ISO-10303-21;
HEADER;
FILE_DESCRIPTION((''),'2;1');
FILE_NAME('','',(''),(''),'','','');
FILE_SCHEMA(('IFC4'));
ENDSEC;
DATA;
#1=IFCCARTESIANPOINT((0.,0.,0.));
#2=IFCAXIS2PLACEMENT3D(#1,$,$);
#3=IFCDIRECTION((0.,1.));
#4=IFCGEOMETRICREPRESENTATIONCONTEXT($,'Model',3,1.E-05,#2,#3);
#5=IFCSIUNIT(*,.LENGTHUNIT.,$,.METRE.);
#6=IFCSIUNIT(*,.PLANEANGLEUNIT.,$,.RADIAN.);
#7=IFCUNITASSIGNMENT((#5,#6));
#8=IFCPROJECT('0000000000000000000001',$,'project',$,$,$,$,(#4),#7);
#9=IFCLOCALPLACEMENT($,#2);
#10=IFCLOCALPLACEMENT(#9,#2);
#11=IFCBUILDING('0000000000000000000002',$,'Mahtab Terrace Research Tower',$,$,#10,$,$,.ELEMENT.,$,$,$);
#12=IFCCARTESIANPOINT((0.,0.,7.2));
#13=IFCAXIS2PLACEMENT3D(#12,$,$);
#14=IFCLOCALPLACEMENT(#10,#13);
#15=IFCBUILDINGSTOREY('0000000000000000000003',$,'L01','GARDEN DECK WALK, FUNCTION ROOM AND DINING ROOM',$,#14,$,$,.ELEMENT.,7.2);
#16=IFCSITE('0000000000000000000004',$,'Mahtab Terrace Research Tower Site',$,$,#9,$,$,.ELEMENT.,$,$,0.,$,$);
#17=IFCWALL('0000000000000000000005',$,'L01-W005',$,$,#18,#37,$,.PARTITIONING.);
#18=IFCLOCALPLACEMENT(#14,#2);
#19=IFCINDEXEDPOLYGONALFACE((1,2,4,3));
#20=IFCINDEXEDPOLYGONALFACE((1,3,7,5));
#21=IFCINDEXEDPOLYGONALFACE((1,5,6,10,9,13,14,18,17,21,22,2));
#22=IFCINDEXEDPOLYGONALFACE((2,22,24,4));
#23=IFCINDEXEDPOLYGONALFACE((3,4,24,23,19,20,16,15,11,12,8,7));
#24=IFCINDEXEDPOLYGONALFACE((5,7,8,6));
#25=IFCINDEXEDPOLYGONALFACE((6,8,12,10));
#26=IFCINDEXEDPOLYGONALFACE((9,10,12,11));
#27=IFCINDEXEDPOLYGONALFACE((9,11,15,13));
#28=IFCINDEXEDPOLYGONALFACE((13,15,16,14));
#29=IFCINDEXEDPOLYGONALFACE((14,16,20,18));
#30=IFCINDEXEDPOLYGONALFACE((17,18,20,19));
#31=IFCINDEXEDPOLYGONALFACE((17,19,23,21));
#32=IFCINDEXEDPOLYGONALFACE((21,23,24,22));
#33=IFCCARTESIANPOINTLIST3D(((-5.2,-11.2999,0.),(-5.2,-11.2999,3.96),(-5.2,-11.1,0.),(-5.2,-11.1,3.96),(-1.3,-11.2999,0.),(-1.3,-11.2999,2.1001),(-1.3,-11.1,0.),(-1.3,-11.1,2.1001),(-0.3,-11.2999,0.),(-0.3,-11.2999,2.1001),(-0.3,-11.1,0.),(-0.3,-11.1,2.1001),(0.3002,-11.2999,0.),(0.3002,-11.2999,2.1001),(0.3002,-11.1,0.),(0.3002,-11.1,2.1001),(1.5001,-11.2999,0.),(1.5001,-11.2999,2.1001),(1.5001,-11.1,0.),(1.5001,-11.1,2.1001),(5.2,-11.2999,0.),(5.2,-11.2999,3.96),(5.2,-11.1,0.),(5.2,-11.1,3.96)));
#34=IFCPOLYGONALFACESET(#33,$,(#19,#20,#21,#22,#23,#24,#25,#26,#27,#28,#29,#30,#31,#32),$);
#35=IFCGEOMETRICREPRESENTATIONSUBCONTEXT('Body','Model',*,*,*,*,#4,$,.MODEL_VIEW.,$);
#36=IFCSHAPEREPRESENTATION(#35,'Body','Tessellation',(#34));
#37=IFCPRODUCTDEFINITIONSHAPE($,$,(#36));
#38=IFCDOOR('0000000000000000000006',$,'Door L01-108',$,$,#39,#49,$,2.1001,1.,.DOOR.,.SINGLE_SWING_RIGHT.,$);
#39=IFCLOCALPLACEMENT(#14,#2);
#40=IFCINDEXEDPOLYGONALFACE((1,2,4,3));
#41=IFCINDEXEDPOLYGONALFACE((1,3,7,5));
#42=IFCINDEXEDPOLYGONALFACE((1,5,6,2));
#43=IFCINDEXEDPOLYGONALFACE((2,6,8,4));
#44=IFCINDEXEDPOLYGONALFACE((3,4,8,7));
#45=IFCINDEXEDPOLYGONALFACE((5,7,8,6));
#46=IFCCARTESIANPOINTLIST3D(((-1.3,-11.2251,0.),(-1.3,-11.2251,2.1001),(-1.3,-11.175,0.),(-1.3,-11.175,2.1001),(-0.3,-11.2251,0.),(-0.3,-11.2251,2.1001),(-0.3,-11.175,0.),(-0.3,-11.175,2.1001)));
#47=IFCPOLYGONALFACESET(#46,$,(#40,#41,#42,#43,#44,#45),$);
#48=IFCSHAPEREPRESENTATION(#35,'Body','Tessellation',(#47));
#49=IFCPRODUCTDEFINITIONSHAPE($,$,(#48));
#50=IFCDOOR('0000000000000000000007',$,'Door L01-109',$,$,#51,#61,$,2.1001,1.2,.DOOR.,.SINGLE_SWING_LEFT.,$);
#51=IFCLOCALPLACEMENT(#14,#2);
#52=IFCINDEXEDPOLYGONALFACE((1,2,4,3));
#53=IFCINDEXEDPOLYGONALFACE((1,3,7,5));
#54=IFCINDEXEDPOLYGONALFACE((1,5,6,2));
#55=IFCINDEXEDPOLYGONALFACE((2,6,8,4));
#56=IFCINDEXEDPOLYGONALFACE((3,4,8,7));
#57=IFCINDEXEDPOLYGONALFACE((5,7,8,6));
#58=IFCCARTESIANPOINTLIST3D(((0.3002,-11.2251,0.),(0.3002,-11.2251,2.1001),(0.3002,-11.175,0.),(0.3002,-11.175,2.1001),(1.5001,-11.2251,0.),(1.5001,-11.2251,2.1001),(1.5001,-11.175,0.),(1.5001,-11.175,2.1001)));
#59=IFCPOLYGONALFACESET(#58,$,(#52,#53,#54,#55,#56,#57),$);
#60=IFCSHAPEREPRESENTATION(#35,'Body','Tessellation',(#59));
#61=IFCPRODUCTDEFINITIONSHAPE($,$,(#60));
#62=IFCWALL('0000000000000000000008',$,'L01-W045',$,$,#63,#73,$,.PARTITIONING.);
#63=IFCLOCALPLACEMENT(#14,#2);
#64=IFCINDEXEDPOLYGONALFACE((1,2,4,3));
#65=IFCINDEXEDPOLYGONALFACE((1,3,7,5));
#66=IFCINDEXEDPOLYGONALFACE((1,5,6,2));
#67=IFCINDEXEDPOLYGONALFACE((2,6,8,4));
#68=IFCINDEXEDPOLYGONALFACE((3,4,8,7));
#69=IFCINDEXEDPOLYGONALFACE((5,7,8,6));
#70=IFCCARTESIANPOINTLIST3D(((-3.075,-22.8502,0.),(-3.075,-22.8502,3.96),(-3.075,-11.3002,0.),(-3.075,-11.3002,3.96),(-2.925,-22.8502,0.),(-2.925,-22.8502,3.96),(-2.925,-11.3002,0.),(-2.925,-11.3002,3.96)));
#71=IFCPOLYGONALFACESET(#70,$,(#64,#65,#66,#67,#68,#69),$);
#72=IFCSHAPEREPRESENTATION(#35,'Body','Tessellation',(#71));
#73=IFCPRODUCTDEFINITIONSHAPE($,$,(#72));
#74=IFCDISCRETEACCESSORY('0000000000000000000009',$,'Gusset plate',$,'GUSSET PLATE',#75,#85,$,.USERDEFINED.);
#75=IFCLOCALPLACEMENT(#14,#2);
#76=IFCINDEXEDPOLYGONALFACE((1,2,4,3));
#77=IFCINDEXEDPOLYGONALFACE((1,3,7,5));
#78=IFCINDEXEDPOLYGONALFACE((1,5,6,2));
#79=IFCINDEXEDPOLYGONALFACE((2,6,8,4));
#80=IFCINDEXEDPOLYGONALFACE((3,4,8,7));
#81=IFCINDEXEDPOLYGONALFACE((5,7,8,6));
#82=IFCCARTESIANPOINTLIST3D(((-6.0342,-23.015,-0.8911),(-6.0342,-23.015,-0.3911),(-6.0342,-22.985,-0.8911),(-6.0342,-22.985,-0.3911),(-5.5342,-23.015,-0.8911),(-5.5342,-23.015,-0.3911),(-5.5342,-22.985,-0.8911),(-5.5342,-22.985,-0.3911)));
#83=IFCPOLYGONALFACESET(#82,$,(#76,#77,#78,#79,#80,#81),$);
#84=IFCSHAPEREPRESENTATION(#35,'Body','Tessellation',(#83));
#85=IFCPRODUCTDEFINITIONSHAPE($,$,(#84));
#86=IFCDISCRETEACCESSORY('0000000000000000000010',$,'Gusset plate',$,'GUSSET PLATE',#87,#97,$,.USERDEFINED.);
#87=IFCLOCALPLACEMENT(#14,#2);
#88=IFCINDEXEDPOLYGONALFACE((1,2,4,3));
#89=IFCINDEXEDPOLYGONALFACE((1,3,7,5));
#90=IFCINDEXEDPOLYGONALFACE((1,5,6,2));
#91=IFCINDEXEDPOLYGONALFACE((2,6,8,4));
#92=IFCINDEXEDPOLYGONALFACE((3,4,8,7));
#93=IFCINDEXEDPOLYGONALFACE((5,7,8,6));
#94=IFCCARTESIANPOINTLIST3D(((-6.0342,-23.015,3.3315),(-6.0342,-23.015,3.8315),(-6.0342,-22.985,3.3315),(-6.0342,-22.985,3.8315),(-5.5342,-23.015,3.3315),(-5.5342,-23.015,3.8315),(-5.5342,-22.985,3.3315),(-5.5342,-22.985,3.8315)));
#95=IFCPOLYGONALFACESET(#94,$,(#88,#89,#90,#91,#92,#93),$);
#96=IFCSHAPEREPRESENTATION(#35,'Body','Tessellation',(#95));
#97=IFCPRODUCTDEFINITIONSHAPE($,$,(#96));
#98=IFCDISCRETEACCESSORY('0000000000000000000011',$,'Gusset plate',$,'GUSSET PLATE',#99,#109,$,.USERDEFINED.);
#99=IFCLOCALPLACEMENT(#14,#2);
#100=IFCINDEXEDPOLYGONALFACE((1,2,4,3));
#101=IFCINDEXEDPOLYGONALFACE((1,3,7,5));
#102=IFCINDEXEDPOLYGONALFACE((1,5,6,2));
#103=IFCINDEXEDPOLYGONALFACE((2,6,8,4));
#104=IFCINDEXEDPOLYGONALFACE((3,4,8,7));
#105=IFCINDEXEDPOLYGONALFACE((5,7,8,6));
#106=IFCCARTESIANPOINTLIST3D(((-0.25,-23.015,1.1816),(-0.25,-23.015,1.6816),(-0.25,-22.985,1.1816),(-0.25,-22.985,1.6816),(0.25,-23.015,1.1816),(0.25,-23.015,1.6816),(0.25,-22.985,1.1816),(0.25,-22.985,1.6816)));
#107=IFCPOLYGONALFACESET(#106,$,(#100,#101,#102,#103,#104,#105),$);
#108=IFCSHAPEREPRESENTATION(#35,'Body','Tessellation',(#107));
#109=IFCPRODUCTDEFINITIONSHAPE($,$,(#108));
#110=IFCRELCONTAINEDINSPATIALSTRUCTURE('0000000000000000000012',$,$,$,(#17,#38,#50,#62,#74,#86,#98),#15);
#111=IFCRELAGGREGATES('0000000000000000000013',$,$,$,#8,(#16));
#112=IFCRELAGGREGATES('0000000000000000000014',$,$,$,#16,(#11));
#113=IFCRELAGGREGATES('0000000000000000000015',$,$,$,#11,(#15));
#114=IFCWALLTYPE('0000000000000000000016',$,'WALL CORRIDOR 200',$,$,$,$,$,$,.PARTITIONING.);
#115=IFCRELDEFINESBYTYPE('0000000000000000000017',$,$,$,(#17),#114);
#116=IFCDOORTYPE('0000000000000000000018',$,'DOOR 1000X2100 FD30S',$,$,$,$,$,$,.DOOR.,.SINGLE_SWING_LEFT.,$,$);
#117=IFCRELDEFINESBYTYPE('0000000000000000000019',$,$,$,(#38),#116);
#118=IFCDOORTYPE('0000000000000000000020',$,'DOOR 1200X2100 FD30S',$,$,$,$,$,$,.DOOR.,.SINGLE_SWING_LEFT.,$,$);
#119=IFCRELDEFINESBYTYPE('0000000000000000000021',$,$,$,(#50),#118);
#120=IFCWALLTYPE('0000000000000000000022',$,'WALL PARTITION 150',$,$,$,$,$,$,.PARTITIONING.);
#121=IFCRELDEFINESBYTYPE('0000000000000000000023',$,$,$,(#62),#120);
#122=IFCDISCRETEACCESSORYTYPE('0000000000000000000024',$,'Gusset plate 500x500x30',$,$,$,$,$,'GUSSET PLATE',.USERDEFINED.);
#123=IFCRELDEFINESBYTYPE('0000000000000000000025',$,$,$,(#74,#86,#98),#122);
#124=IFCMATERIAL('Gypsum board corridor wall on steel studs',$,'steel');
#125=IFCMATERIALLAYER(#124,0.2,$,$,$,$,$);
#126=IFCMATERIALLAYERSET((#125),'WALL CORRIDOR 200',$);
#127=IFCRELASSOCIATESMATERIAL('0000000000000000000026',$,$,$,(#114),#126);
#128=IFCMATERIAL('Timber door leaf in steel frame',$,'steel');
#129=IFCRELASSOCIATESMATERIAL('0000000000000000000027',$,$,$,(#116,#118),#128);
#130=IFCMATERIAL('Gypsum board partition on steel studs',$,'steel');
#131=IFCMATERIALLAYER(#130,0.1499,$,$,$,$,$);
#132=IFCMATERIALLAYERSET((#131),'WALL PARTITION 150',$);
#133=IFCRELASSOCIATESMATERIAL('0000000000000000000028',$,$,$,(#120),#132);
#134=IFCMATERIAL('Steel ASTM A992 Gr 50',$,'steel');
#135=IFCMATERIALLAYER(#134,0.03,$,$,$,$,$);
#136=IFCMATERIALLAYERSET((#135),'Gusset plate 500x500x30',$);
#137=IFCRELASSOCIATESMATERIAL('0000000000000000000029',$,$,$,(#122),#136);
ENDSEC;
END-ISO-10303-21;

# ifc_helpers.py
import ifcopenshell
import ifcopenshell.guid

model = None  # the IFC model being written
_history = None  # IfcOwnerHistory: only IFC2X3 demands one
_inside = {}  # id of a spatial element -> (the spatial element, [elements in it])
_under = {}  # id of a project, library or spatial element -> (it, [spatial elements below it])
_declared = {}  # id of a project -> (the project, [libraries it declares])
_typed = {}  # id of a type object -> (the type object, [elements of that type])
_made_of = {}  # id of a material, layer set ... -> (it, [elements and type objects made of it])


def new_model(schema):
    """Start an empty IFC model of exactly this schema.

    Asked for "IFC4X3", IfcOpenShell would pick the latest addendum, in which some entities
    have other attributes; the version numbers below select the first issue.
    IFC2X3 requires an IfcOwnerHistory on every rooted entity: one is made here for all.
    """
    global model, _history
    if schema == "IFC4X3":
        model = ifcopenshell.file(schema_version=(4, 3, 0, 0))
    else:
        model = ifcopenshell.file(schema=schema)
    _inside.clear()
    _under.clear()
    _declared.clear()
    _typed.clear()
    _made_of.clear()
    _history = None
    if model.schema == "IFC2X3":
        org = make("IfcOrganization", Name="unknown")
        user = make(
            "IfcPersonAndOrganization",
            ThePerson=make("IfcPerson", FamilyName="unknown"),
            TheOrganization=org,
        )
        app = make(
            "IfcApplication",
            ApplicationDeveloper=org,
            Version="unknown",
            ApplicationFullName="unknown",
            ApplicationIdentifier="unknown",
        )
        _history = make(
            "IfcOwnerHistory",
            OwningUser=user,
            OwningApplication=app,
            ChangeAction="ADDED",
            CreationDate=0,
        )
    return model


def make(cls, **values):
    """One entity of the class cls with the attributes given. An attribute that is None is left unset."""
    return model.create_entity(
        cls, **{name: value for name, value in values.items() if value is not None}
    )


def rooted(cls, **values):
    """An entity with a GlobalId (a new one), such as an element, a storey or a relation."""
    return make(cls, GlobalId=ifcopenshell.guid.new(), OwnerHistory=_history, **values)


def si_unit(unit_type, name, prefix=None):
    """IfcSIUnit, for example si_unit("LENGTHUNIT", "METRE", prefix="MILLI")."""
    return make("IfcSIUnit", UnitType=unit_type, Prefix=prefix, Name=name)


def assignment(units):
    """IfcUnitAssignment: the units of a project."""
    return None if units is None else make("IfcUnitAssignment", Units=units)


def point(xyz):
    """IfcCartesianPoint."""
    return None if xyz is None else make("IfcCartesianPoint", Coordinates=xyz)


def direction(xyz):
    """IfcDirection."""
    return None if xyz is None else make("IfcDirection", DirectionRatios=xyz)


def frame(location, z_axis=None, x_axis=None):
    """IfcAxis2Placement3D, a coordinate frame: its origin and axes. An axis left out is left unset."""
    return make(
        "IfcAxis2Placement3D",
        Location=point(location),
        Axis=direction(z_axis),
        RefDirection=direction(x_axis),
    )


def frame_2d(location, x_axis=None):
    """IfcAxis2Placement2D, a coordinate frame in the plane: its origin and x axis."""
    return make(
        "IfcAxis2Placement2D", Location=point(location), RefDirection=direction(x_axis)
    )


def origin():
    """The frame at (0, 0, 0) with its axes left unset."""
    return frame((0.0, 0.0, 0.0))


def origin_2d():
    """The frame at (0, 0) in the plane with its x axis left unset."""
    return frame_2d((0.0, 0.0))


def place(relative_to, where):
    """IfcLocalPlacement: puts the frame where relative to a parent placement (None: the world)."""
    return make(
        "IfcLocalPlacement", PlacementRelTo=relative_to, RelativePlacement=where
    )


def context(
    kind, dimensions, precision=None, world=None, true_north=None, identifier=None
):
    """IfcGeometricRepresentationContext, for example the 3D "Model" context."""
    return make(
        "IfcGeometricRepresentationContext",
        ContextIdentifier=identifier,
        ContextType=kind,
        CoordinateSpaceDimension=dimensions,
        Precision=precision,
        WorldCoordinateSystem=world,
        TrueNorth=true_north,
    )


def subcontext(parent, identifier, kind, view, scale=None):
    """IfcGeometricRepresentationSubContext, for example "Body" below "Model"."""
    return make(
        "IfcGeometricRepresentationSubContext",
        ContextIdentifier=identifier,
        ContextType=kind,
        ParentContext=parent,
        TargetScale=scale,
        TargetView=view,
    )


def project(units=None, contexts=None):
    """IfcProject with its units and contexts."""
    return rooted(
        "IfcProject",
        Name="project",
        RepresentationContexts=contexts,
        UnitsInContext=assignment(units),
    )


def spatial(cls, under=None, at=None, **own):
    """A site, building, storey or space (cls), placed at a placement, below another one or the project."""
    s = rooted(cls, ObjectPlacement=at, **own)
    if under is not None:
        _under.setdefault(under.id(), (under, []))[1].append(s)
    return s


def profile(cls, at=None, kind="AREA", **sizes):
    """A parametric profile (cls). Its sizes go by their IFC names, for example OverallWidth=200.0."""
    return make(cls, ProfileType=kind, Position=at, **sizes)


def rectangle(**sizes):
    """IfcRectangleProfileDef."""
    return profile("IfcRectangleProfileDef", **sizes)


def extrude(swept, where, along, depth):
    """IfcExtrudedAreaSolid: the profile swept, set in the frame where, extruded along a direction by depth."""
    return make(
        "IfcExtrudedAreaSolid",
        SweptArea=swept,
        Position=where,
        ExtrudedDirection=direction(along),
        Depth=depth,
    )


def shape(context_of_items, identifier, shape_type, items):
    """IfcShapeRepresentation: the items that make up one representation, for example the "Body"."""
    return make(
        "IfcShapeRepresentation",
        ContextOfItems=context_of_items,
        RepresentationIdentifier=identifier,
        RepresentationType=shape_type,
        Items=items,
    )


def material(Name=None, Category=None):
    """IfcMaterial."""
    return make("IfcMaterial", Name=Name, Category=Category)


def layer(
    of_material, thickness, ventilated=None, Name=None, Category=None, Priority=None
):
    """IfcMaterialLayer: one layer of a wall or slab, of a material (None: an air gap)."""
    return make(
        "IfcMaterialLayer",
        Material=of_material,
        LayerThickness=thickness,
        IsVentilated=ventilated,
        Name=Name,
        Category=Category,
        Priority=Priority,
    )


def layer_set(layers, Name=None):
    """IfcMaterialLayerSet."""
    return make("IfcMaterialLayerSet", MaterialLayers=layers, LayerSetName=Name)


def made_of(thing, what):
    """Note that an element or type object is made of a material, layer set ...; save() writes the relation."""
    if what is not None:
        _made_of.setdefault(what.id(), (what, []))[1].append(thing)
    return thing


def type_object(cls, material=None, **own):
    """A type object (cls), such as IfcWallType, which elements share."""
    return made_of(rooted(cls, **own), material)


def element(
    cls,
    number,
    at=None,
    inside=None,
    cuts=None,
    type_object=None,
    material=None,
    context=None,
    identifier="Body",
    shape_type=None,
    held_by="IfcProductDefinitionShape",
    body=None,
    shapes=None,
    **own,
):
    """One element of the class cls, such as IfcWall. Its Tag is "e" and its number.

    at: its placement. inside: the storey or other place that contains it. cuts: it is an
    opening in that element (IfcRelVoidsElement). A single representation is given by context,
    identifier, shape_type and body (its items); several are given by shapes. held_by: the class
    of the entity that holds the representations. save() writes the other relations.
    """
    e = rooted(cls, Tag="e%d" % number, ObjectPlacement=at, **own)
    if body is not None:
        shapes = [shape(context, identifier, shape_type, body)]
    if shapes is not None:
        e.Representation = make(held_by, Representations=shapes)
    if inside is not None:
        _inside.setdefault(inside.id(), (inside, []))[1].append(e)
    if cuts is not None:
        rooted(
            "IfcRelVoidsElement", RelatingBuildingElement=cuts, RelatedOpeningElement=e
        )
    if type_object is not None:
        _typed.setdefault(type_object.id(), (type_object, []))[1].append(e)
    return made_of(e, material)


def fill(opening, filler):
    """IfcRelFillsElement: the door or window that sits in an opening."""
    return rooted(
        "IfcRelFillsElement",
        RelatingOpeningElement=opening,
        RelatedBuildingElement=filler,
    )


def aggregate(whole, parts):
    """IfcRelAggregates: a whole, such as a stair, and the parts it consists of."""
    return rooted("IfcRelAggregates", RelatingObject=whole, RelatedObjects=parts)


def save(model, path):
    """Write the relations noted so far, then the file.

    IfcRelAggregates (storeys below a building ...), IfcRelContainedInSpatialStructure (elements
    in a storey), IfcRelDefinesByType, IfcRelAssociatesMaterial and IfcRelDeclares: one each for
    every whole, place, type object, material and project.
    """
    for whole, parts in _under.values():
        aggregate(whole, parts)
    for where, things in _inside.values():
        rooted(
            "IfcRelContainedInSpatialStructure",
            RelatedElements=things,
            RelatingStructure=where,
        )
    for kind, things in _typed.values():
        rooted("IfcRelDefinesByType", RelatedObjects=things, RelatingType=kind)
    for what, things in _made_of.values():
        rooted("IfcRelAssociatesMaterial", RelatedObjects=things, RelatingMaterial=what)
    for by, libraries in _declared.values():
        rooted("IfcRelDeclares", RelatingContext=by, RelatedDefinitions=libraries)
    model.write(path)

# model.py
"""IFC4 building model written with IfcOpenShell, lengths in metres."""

from ifc_helpers import new_model, si_unit, direction, frame, frame_2d, origin, origin_2d, place, context, subcontext, project, spatial, rectangle, extrude, material, layer, layer_set, type_object, element, fill, save


model = new_model("IFC4")

# Units and contexts
model_context = context("Model", 3, precision=1e-05, world=origin(), true_north=direction((0.0, 1.0)))
body_context = subcontext(model_context, "Body", "Model", "MODEL_VIEW")
ifc_project = project(units=[si_unit("LENGTHUNIT", "METRE"), si_unit("PLANEANGLEUNIT", "RADIAN")], contexts=[model_context])

# Site, building, storey
site_placement = place(None, origin())
site = spatial("IfcSite", under=ifc_project, at=site_placement, Name="Mahtab Terrace Research Tower Site", CompositionType="ELEMENT", RefElevation=0.0)
building_placement = place(site_placement, origin())
building = spatial("IfcBuilding", under=site, at=building_placement, Name="Mahtab Terrace Research Tower", CompositionType="ELEMENT")
storey_placement = place(building_placement, frame((0.0, 0.0, 7.2)))
storey = spatial("IfcBuildingStorey", under=building, at=storey_placement, Name="L01", Description="GARDEN DECK WALK, FUNCTION ROOM AND DINING ROOM", CompositionType="ELEMENT", Elevation=7.2)

# Shared definitions
ifc_material_1 = material(Name="Steel ASTM A992 Gr 50", Category="steel")

# Wall, openings, doors
ifc_material_2 = material(Name="Gypsum board corridor wall on steel studs", Category="steel")
ifc_layer_1 = layer(ifc_material_2, 0.2)
ifc_layer_set_1 = layer_set([ifc_layer_1], Name="WALL CORRIDOR 200")
wall_type_1 = type_object("IfcWallType", Name="WALL CORRIDOR 200", PredefinedType="PARTITIONING", material=ifc_layer_set_1)
wall_1_placement = place(storey_placement, frame((-5.2, -11.2, 0.0), z_axis=(0.0, 0.0, 1.0), x_axis=(1.0, 0.0, 0.0)))
wall_1 = element("IfcWall", 1, at=wall_1_placement, inside=storey, type_object=wall_type_1, Name="L01-W005", PredefinedType="PARTITIONING", context=body_context, shape_type="SweptSolid", body=[
    extrude(rectangle(XDim=10.3999, YDim=0.2, at=frame_2d((5.2, 0.0))), origin(), (0.0, 0.0, 1.0), 3.96),
])
opening_1_placement = place(wall_1_placement, frame((3.8999, 0.0, 0.0)))
opening_1 = element("IfcOpeningElement", 2, at=opening_1_placement, cuts=wall_1, PredefinedType="OPENING", context=body_context, shape_type="SweptSolid", body=[
    extrude(rectangle(XDim=1.0, YDim=2.1001, at=frame_2d((0.5, 1.05))), frame((0.0, 0.1099, 0.0), z_axis=(0.0, -1.0, 0.0), x_axis=(1.0, 0.0, 0.0)), (0.0, 0.0, 1.0), 0.22),
])
opening_2_placement = place(wall_1_placement, frame((5.5, 0.0, 0.0)))
opening_2 = element("IfcOpeningElement", 3, at=opening_2_placement, cuts=wall_1, PredefinedType="OPENING", context=body_context, shape_type="SweptSolid", body=[
    extrude(rectangle(XDim=1.2, YDim=2.1001, at=frame_2d((0.6001, 1.05))), frame((0.0, 0.1099, 0.0), z_axis=(0.0, -1.0, 0.0), x_axis=(1.0, 0.0, 0.0)), (0.0, 0.0, 1.0), 0.22),
])
ifc_material_3 = material(Name="Timber door leaf in steel frame", Category="steel")
door_type_1 = type_object("IfcDoorType", Name="DOOR 1000X2100 FD30S", OperationType="SINGLE_SWING_LEFT", PredefinedType="DOOR", material=ifc_material_3)
door_1_placement = place(opening_1_placement, origin())
door_1 = element("IfcDoor", 4, at=door_1_placement, inside=storey, type_object=door_type_1, Name="Door L01-108", OperationType="SINGLE_SWING_RIGHT", OverallHeight=2.1001, OverallWidth=1.0, PredefinedType="DOOR", context=body_context, shape_type="SweptSolid", body=[
    extrude(rectangle(XDim=1.0, YDim=2.1001, at=frame_2d((0.5, 1.05))), frame((0.0, 0.0249, 0.0), z_axis=(0.0, -1.0, 0.0), x_axis=(1.0, 0.0, 0.0)), (0.0, 0.0, 1.0), 0.05),
])
fill(opening_1, door_1)
door_type_2 = type_object("IfcDoorType", Name="DOOR 1200X2100 FD30S", OperationType="SINGLE_SWING_LEFT", PredefinedType="DOOR", material=ifc_material_3)
door_2_placement = place(opening_2_placement, origin())
door_2 = element("IfcDoor", 5, at=door_2_placement, inside=storey, type_object=door_type_2, Name="Door L01-109", OperationType="SINGLE_SWING_LEFT", OverallHeight=2.1001, OverallWidth=1.2, PredefinedType="DOOR", context=body_context, shape_type="SweptSolid", body=[
    extrude(rectangle(XDim=1.2, YDim=2.1001, at=frame_2d((0.6001, 1.05))), frame((0.0, 0.0249, 0.0), z_axis=(0.0, -1.0, 0.0), x_axis=(1.0, 0.0, 0.0)), (0.0, 0.0, 1.0), 0.05),
])
fill(opening_2, door_2)

# Wall
ifc_material_4 = material(Name="Gypsum board partition on steel studs", Category="steel")
ifc_layer_2 = layer(ifc_material_4, 0.1499)
ifc_layer_set_2 = layer_set([ifc_layer_2], Name="WALL PARTITION 150")
wall_type_2 = type_object("IfcWallType", Name="WALL PARTITION 150", PredefinedType="PARTITIONING", material=ifc_layer_set_2)
wall_2_placement = place(storey_placement, frame((-3.0, -22.8501, 0.0), z_axis=(0.0, 0.0, 1.0), x_axis=(0.0, 1.0, 0.0)))
element("IfcWall", 6, at=wall_2_placement, inside=storey, type_object=wall_type_2, Name="L01-W045", PredefinedType="PARTITIONING", context=body_context, shape_type="SweptSolid", body=[
    extrude(rectangle(XDim=11.55, YDim=0.1499, at=frame_2d((5.7749, 0.0))), origin(), (0.0, 0.0, 1.0), 3.96),
])

# Discrete accessories
ifc_layer_3 = layer(ifc_material_1, 0.03)
ifc_layer_set_3 = layer_set([ifc_layer_3], Name="Gusset plate 500x500x30")
discrete_accessory_type = type_object("IfcDiscreteAccessoryType", Name="Gusset plate 500x500x30", ElementType="GUSSET PLATE", PredefinedType="USERDEFINED", material=ifc_layer_set_3)
for number, where, z_axis, x_axis, name in (
    (7, (-5.7842, -23.0, -0.8911), (0.0, 0.0, 1.0), (1.0, 0.0, 0.0), "Gusset plate"),
    (8, (-5.7842, -23.0, 3.3315), (0.0, 0.0, 1.0), (1.0, 0.0, 0.0), "Gusset plate"),
    (9, (0.0, -23.0, 1.1816), (0.0, 0.0, 1.0), (1.0, 0.0, 0.0), "Gusset plate"),
):
    element("IfcDiscreteAccessory", number, at=place(storey_placement, frame(where, z_axis=z_axis, x_axis=x_axis)), inside=storey, type_object=discrete_accessory_type, Name=name, ObjectType="GUSSET PLATE", PredefinedType="USERDEFINED", context=body_context, shape_type="SweptSolid", body=[
        extrude(rectangle(XDim=0.5, YDim=0.03, at=origin_2d()), origin(), (0.0, 0.0, 1.0), 0.5),
    ])

save(model, "model.ifc")
